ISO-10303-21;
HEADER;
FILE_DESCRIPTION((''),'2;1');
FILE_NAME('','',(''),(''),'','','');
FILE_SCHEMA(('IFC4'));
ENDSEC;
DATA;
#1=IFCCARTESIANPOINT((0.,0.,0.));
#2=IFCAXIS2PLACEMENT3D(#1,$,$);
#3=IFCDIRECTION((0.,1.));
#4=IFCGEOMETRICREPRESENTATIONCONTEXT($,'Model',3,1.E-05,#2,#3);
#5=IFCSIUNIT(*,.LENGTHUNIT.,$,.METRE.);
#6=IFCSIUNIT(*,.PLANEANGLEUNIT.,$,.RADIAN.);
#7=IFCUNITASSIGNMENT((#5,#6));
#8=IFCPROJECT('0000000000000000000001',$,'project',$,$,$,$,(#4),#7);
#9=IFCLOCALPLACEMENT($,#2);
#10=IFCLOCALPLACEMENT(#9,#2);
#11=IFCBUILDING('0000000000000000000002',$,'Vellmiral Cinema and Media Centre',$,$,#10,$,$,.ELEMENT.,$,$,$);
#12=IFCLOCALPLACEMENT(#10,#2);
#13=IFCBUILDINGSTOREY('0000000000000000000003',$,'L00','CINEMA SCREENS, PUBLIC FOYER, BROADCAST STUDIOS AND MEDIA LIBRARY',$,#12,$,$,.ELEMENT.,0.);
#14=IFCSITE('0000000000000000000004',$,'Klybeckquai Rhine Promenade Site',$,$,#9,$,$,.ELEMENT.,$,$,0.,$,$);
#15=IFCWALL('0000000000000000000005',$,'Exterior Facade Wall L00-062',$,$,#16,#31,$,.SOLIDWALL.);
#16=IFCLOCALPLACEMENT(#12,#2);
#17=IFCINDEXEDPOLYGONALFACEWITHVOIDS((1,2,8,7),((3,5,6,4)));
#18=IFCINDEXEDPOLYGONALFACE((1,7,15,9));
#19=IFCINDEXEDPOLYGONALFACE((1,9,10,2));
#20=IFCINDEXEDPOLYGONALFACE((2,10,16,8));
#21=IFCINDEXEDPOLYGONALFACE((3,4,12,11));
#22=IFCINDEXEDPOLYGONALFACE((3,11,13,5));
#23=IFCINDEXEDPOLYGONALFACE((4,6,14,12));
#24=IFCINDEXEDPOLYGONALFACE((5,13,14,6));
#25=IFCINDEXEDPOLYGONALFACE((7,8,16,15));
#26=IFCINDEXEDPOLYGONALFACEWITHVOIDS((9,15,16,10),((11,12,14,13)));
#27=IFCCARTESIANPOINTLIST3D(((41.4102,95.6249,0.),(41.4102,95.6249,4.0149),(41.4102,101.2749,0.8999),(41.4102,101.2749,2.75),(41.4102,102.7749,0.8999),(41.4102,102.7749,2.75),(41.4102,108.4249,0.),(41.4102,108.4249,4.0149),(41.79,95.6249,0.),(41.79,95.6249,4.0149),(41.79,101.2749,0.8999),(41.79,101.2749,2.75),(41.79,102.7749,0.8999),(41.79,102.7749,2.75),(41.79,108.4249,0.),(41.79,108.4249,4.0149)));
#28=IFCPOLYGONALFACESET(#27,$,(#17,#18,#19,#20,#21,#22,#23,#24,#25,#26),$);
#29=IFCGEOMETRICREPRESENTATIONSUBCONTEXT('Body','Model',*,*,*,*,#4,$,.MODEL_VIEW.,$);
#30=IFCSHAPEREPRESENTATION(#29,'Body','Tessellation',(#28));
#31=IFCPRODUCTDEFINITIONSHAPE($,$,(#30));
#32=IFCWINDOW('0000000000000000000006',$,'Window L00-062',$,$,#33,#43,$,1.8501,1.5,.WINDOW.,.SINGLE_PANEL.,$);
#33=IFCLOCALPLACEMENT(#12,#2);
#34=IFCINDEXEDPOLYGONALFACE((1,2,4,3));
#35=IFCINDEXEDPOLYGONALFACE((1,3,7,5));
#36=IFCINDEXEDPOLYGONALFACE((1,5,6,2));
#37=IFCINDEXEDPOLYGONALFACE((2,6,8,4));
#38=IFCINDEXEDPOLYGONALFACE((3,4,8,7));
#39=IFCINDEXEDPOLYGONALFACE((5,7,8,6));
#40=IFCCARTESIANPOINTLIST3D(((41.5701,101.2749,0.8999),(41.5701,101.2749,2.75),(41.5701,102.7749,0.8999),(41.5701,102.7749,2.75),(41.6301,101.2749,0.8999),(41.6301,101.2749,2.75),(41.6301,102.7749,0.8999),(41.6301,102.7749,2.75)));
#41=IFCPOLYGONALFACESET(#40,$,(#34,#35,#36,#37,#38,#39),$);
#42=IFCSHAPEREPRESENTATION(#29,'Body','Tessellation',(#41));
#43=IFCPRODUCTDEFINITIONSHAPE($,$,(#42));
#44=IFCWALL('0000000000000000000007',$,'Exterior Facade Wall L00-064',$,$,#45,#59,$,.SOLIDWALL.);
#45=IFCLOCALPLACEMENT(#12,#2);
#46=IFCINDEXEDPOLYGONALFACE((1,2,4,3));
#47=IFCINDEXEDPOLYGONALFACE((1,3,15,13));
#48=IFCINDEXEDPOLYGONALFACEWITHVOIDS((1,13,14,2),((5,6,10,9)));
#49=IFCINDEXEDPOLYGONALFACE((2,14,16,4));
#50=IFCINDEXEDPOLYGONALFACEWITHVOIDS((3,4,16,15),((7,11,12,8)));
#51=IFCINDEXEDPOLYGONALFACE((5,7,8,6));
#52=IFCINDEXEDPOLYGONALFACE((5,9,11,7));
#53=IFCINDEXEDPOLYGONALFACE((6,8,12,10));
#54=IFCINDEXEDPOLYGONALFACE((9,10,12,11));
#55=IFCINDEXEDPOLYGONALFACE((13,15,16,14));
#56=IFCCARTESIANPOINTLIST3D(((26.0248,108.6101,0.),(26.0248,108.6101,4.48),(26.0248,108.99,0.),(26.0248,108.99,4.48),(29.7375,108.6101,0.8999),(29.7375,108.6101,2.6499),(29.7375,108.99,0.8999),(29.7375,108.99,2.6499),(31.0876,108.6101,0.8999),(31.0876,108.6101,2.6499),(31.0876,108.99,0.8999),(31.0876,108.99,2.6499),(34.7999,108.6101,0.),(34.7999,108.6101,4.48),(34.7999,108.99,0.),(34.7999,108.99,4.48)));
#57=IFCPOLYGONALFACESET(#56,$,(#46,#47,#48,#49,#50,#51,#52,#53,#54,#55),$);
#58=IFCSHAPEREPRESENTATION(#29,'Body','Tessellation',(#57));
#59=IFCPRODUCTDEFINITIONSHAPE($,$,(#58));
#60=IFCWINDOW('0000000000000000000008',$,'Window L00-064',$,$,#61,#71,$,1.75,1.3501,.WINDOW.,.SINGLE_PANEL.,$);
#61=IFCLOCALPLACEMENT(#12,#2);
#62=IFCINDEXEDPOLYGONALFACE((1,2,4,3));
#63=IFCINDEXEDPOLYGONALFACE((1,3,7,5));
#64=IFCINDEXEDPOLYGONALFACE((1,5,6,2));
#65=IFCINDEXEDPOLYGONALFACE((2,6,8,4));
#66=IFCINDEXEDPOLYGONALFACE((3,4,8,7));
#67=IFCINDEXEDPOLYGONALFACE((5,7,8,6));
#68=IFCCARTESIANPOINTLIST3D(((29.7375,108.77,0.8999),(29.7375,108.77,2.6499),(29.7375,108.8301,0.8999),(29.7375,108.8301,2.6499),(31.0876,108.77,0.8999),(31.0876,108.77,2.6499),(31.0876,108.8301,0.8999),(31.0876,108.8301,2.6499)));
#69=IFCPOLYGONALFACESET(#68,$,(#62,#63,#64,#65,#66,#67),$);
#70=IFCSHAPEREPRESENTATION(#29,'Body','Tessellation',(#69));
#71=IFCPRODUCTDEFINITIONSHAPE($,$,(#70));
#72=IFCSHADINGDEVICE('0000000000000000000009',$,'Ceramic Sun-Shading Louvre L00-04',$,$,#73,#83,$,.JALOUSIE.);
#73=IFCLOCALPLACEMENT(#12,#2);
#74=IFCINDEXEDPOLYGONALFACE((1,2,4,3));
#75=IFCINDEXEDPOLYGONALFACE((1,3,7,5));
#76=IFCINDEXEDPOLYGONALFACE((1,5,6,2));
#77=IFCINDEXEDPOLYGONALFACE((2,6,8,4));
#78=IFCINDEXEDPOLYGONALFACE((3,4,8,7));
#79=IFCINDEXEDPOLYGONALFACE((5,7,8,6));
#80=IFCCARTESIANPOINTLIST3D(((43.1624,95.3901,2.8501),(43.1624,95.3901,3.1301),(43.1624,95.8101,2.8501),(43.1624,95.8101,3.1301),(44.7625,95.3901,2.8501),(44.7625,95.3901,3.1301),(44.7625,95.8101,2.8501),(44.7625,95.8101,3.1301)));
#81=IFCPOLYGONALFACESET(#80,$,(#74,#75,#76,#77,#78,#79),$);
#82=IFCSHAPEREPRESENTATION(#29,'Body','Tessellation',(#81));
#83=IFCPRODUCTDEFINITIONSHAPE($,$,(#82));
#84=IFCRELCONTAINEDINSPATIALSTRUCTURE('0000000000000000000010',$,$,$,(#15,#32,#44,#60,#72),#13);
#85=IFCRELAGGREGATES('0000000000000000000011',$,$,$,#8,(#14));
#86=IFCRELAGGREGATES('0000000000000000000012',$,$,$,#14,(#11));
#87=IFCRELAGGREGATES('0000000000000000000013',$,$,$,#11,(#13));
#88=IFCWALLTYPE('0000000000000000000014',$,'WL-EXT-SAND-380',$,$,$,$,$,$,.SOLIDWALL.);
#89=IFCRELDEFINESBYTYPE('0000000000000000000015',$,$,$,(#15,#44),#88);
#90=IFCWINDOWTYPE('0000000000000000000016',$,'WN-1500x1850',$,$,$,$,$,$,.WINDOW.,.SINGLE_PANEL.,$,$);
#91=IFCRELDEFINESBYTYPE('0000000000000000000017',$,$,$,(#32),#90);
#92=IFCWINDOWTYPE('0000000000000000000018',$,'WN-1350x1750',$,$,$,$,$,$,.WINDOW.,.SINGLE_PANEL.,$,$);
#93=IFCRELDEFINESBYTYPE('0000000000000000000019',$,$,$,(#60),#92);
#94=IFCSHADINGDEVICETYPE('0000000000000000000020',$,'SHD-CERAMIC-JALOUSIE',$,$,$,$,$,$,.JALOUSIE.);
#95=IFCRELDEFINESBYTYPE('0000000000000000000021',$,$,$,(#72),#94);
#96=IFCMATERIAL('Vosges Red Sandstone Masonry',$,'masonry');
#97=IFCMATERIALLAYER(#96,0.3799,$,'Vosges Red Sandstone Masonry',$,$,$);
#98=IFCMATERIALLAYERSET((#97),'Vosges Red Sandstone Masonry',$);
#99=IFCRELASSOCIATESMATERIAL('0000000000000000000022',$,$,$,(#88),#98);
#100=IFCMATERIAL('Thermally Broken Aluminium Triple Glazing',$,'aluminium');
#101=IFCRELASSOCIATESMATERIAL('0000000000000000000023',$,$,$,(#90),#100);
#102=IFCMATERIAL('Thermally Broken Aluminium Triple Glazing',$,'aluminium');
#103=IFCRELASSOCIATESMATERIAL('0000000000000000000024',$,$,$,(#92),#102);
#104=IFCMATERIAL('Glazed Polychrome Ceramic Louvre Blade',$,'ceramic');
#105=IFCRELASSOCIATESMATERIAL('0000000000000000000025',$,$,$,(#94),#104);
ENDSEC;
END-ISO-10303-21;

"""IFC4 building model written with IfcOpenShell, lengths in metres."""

from ifc_helpers import new_model, si_unit, direction, frame, frame_2d, origin, origin_2d, place, context, subcontext, project, spatial, rectangle, extrude, material, layer, layer_set, type_object, element, fill, save


model = new_model("IFC4")

# Units and contexts
model_context = context("Model", 3, precision=1e-05, world=origin(), true_north=direction((0.0, 1.0)))
body_context = subcontext(model_context, "Body", "Model", "MODEL_VIEW")
ifc_project = project(units=[si_unit("LENGTHUNIT", "METRE"), si_unit("PLANEANGLEUNIT", "RADIAN")], contexts=[model_context])

# Site, building, storey
site_placement = place(None, origin())
site = spatial("IfcSite", under=ifc_project, at=site_placement, Name="Klybeckquai Rhine Promenade Site", CompositionType="ELEMENT", RefElevation=0.0)
building_placement = place(site_placement, origin())
building = spatial("IfcBuilding", under=site, at=building_placement, Name="Vellmiral Cinema and Media Centre", CompositionType="ELEMENT")
storey_placement = place(building_placement, origin())
storey = spatial("IfcBuildingStorey", under=building, at=storey_placement, Name="L00", Description="CINEMA SCREENS, PUBLIC FOYER, BROADCAST STUDIOS AND MEDIA LIBRARY", CompositionType="ELEMENT", Elevation=0.0)

# Walls, openings, windows
ifc_material_1 = material(Name="Vosges Red Sandstone Masonry", Category="masonry")
ifc_layer_1 = layer(ifc_material_1, 0.3799, Name="Vosges Red Sandstone Masonry")
ifc_layer_set_1 = layer_set([ifc_layer_1], Name="Vosges Red Sandstone Masonry")
wall_type_1 = type_object("IfcWallType", Name="WL-EXT-SAND-380", PredefinedType="SOLIDWALL", material=ifc_layer_set_1)
wall_1_placement = place(storey_placement, frame((41.6001, 95.625, 0.0), z_axis=(0.0, 0.0, 1.0), x_axis=(0.0, 1.0, 0.0)))
wall_1 = element("IfcWall", 1, at=wall_1_placement, inside=storey, type_object=wall_type_1, Name="Exterior Facade Wall L00-062", PredefinedType="SOLIDWALL", context=body_context, shape_type="SweptSolid", body=[
    extrude(rectangle(XDim=12.8, YDim=0.3799, at=frame_2d((6.3999, 0.0))), origin(), (0.0, 0.0, 1.0), 4.0149),
])
opening_1_placement = place(wall_1_placement, frame((5.6499, 0.0, 0.8999)))
opening_1 = element("IfcOpeningElement", 2, at=opening_1_placement, cuts=wall_1, PredefinedType="OPENING", context=body_context, shape_type="SweptSolid", body=[
    extrude(rectangle(XDim=1.5, YDim=1.8501, at=frame_2d((0.75, 0.925))), frame((0.0, 0.2019, 0.0), z_axis=(0.0, -1.0, 0.0), x_axis=(1.0, 0.0, 0.0)), (0.0, 0.0, 1.0), 0.4038),
])
ifc_material_2 = material(Name="Thermally Broken Aluminium Triple Glazing", Category="aluminium")
window_type_1 = type_object("IfcWindowType", Name="WN-1500x1850", PartitioningType="SINGLE_PANEL", PredefinedType="WINDOW", material=ifc_material_2)
window_1_placement = place(opening_1_placement, origin())
window_1 = element("IfcWindow", 3, at=window_1_placement, inside=storey, type_object=window_type_1, Name="Window L00-062", OverallHeight=1.8501, OverallWidth=1.5, PartitioningType="SINGLE_PANEL", PredefinedType="WINDOW", context=body_context, shape_type="SweptSolid", body=[
    extrude(rectangle(XDim=1.5, YDim=1.8501, at=frame_2d((0.75, 0.925))), frame((0.0, 0.03, 0.0), z_axis=(0.0, -1.0, 0.0), x_axis=(1.0, 0.0, 0.0)), (0.0, 0.0, 1.0), 0.0601),
])
fill(opening_1, window_1)
wall_2_placement = place(storey_placement, frame((34.8, 108.8, 0.0), z_axis=(0.0, 0.0, 1.0), x_axis=(-1.0, 0.0, 0.0)))
wall_2 = element("IfcWall", 4, at=wall_2_placement, inside=storey, type_object=wall_type_1, Name="Exterior Facade Wall L00-064", PredefinedType="SOLIDWALL", context=body_context, shape_type="SweptSolid", body=[
    extrude(rectangle(XDim=8.7751, YDim=0.3799, at=frame_2d((4.3877, 0.0))), origin(), (0.0, 0.0, 1.0), 4.48),
])
opening_2_placement = place(wall_2_placement, frame((3.7124, 0.0, 0.8999)))
opening_2 = element("IfcOpeningElement", 5, at=opening_2_placement, cuts=wall_2, PredefinedType="OPENING", context=body_context, shape_type="SweptSolid", body=[
    extrude(rectangle(XDim=1.3501, YDim=1.75, at=frame_2d((0.675, 0.875))), frame((0.0, 0.2019, 0.0), z_axis=(0.0, -1.0, 0.0), x_axis=(1.0, 0.0, 0.0)), (0.0, 0.0, 1.0), 0.4038),
])
ifc_material_3 = material(Name="Thermally Broken Aluminium Triple Glazing", Category="aluminium")
window_type_2 = type_object("IfcWindowType", Name="WN-1350x1750", PartitioningType="SINGLE_PANEL", PredefinedType="WINDOW", material=ifc_material_3)
window_2_placement = place(opening_2_placement, origin())
window_2 = element("IfcWindow", 6, at=window_2_placement, inside=storey, type_object=window_type_2, Name="Window L00-064", OverallHeight=1.75, OverallWidth=1.3501, PartitioningType="SINGLE_PANEL", PredefinedType="WINDOW", context=body_context, shape_type="SweptSolid", body=[
    extrude(rectangle(XDim=1.3501, YDim=1.75, at=frame_2d((0.675, 0.875))), frame((0.0, 0.03, 0.0), z_axis=(0.0, -1.0, 0.0), x_axis=(1.0, 0.0, 0.0)), (0.0, 0.0, 1.0), 0.0601),
])
fill(opening_2, window_2)

# Shading device
ifc_material_4 = material(Name="Glazed Polychrome Ceramic Louvre Blade", Category="ceramic")
shading_device_type = type_object("IfcShadingDeviceType", Name="SHD-CERAMIC-JALOUSIE", PredefinedType="JALOUSIE", material=ifc_material_4)
shading_device_placement = place(storey_placement, frame((43.9624, 95.6001, 2.8501), z_axis=(0.0, 0.0, 1.0), x_axis=(-1.0, 0.0, 0.0)))
element("IfcShadingDevice", 7, at=shading_device_placement, inside=storey, type_object=shading_device_type, Name="Ceramic Sun-Shading Louvre L00-04", PredefinedType="JALOUSIE", context=body_context, shape_type="SweptSolid", body=[
    extrude(rectangle(XDim=1.6001, YDim=0.4199, at=origin_2d()), origin(), (0.0, 0.0, 1.0), 0.28),
])

save(model, "model.ifc")
